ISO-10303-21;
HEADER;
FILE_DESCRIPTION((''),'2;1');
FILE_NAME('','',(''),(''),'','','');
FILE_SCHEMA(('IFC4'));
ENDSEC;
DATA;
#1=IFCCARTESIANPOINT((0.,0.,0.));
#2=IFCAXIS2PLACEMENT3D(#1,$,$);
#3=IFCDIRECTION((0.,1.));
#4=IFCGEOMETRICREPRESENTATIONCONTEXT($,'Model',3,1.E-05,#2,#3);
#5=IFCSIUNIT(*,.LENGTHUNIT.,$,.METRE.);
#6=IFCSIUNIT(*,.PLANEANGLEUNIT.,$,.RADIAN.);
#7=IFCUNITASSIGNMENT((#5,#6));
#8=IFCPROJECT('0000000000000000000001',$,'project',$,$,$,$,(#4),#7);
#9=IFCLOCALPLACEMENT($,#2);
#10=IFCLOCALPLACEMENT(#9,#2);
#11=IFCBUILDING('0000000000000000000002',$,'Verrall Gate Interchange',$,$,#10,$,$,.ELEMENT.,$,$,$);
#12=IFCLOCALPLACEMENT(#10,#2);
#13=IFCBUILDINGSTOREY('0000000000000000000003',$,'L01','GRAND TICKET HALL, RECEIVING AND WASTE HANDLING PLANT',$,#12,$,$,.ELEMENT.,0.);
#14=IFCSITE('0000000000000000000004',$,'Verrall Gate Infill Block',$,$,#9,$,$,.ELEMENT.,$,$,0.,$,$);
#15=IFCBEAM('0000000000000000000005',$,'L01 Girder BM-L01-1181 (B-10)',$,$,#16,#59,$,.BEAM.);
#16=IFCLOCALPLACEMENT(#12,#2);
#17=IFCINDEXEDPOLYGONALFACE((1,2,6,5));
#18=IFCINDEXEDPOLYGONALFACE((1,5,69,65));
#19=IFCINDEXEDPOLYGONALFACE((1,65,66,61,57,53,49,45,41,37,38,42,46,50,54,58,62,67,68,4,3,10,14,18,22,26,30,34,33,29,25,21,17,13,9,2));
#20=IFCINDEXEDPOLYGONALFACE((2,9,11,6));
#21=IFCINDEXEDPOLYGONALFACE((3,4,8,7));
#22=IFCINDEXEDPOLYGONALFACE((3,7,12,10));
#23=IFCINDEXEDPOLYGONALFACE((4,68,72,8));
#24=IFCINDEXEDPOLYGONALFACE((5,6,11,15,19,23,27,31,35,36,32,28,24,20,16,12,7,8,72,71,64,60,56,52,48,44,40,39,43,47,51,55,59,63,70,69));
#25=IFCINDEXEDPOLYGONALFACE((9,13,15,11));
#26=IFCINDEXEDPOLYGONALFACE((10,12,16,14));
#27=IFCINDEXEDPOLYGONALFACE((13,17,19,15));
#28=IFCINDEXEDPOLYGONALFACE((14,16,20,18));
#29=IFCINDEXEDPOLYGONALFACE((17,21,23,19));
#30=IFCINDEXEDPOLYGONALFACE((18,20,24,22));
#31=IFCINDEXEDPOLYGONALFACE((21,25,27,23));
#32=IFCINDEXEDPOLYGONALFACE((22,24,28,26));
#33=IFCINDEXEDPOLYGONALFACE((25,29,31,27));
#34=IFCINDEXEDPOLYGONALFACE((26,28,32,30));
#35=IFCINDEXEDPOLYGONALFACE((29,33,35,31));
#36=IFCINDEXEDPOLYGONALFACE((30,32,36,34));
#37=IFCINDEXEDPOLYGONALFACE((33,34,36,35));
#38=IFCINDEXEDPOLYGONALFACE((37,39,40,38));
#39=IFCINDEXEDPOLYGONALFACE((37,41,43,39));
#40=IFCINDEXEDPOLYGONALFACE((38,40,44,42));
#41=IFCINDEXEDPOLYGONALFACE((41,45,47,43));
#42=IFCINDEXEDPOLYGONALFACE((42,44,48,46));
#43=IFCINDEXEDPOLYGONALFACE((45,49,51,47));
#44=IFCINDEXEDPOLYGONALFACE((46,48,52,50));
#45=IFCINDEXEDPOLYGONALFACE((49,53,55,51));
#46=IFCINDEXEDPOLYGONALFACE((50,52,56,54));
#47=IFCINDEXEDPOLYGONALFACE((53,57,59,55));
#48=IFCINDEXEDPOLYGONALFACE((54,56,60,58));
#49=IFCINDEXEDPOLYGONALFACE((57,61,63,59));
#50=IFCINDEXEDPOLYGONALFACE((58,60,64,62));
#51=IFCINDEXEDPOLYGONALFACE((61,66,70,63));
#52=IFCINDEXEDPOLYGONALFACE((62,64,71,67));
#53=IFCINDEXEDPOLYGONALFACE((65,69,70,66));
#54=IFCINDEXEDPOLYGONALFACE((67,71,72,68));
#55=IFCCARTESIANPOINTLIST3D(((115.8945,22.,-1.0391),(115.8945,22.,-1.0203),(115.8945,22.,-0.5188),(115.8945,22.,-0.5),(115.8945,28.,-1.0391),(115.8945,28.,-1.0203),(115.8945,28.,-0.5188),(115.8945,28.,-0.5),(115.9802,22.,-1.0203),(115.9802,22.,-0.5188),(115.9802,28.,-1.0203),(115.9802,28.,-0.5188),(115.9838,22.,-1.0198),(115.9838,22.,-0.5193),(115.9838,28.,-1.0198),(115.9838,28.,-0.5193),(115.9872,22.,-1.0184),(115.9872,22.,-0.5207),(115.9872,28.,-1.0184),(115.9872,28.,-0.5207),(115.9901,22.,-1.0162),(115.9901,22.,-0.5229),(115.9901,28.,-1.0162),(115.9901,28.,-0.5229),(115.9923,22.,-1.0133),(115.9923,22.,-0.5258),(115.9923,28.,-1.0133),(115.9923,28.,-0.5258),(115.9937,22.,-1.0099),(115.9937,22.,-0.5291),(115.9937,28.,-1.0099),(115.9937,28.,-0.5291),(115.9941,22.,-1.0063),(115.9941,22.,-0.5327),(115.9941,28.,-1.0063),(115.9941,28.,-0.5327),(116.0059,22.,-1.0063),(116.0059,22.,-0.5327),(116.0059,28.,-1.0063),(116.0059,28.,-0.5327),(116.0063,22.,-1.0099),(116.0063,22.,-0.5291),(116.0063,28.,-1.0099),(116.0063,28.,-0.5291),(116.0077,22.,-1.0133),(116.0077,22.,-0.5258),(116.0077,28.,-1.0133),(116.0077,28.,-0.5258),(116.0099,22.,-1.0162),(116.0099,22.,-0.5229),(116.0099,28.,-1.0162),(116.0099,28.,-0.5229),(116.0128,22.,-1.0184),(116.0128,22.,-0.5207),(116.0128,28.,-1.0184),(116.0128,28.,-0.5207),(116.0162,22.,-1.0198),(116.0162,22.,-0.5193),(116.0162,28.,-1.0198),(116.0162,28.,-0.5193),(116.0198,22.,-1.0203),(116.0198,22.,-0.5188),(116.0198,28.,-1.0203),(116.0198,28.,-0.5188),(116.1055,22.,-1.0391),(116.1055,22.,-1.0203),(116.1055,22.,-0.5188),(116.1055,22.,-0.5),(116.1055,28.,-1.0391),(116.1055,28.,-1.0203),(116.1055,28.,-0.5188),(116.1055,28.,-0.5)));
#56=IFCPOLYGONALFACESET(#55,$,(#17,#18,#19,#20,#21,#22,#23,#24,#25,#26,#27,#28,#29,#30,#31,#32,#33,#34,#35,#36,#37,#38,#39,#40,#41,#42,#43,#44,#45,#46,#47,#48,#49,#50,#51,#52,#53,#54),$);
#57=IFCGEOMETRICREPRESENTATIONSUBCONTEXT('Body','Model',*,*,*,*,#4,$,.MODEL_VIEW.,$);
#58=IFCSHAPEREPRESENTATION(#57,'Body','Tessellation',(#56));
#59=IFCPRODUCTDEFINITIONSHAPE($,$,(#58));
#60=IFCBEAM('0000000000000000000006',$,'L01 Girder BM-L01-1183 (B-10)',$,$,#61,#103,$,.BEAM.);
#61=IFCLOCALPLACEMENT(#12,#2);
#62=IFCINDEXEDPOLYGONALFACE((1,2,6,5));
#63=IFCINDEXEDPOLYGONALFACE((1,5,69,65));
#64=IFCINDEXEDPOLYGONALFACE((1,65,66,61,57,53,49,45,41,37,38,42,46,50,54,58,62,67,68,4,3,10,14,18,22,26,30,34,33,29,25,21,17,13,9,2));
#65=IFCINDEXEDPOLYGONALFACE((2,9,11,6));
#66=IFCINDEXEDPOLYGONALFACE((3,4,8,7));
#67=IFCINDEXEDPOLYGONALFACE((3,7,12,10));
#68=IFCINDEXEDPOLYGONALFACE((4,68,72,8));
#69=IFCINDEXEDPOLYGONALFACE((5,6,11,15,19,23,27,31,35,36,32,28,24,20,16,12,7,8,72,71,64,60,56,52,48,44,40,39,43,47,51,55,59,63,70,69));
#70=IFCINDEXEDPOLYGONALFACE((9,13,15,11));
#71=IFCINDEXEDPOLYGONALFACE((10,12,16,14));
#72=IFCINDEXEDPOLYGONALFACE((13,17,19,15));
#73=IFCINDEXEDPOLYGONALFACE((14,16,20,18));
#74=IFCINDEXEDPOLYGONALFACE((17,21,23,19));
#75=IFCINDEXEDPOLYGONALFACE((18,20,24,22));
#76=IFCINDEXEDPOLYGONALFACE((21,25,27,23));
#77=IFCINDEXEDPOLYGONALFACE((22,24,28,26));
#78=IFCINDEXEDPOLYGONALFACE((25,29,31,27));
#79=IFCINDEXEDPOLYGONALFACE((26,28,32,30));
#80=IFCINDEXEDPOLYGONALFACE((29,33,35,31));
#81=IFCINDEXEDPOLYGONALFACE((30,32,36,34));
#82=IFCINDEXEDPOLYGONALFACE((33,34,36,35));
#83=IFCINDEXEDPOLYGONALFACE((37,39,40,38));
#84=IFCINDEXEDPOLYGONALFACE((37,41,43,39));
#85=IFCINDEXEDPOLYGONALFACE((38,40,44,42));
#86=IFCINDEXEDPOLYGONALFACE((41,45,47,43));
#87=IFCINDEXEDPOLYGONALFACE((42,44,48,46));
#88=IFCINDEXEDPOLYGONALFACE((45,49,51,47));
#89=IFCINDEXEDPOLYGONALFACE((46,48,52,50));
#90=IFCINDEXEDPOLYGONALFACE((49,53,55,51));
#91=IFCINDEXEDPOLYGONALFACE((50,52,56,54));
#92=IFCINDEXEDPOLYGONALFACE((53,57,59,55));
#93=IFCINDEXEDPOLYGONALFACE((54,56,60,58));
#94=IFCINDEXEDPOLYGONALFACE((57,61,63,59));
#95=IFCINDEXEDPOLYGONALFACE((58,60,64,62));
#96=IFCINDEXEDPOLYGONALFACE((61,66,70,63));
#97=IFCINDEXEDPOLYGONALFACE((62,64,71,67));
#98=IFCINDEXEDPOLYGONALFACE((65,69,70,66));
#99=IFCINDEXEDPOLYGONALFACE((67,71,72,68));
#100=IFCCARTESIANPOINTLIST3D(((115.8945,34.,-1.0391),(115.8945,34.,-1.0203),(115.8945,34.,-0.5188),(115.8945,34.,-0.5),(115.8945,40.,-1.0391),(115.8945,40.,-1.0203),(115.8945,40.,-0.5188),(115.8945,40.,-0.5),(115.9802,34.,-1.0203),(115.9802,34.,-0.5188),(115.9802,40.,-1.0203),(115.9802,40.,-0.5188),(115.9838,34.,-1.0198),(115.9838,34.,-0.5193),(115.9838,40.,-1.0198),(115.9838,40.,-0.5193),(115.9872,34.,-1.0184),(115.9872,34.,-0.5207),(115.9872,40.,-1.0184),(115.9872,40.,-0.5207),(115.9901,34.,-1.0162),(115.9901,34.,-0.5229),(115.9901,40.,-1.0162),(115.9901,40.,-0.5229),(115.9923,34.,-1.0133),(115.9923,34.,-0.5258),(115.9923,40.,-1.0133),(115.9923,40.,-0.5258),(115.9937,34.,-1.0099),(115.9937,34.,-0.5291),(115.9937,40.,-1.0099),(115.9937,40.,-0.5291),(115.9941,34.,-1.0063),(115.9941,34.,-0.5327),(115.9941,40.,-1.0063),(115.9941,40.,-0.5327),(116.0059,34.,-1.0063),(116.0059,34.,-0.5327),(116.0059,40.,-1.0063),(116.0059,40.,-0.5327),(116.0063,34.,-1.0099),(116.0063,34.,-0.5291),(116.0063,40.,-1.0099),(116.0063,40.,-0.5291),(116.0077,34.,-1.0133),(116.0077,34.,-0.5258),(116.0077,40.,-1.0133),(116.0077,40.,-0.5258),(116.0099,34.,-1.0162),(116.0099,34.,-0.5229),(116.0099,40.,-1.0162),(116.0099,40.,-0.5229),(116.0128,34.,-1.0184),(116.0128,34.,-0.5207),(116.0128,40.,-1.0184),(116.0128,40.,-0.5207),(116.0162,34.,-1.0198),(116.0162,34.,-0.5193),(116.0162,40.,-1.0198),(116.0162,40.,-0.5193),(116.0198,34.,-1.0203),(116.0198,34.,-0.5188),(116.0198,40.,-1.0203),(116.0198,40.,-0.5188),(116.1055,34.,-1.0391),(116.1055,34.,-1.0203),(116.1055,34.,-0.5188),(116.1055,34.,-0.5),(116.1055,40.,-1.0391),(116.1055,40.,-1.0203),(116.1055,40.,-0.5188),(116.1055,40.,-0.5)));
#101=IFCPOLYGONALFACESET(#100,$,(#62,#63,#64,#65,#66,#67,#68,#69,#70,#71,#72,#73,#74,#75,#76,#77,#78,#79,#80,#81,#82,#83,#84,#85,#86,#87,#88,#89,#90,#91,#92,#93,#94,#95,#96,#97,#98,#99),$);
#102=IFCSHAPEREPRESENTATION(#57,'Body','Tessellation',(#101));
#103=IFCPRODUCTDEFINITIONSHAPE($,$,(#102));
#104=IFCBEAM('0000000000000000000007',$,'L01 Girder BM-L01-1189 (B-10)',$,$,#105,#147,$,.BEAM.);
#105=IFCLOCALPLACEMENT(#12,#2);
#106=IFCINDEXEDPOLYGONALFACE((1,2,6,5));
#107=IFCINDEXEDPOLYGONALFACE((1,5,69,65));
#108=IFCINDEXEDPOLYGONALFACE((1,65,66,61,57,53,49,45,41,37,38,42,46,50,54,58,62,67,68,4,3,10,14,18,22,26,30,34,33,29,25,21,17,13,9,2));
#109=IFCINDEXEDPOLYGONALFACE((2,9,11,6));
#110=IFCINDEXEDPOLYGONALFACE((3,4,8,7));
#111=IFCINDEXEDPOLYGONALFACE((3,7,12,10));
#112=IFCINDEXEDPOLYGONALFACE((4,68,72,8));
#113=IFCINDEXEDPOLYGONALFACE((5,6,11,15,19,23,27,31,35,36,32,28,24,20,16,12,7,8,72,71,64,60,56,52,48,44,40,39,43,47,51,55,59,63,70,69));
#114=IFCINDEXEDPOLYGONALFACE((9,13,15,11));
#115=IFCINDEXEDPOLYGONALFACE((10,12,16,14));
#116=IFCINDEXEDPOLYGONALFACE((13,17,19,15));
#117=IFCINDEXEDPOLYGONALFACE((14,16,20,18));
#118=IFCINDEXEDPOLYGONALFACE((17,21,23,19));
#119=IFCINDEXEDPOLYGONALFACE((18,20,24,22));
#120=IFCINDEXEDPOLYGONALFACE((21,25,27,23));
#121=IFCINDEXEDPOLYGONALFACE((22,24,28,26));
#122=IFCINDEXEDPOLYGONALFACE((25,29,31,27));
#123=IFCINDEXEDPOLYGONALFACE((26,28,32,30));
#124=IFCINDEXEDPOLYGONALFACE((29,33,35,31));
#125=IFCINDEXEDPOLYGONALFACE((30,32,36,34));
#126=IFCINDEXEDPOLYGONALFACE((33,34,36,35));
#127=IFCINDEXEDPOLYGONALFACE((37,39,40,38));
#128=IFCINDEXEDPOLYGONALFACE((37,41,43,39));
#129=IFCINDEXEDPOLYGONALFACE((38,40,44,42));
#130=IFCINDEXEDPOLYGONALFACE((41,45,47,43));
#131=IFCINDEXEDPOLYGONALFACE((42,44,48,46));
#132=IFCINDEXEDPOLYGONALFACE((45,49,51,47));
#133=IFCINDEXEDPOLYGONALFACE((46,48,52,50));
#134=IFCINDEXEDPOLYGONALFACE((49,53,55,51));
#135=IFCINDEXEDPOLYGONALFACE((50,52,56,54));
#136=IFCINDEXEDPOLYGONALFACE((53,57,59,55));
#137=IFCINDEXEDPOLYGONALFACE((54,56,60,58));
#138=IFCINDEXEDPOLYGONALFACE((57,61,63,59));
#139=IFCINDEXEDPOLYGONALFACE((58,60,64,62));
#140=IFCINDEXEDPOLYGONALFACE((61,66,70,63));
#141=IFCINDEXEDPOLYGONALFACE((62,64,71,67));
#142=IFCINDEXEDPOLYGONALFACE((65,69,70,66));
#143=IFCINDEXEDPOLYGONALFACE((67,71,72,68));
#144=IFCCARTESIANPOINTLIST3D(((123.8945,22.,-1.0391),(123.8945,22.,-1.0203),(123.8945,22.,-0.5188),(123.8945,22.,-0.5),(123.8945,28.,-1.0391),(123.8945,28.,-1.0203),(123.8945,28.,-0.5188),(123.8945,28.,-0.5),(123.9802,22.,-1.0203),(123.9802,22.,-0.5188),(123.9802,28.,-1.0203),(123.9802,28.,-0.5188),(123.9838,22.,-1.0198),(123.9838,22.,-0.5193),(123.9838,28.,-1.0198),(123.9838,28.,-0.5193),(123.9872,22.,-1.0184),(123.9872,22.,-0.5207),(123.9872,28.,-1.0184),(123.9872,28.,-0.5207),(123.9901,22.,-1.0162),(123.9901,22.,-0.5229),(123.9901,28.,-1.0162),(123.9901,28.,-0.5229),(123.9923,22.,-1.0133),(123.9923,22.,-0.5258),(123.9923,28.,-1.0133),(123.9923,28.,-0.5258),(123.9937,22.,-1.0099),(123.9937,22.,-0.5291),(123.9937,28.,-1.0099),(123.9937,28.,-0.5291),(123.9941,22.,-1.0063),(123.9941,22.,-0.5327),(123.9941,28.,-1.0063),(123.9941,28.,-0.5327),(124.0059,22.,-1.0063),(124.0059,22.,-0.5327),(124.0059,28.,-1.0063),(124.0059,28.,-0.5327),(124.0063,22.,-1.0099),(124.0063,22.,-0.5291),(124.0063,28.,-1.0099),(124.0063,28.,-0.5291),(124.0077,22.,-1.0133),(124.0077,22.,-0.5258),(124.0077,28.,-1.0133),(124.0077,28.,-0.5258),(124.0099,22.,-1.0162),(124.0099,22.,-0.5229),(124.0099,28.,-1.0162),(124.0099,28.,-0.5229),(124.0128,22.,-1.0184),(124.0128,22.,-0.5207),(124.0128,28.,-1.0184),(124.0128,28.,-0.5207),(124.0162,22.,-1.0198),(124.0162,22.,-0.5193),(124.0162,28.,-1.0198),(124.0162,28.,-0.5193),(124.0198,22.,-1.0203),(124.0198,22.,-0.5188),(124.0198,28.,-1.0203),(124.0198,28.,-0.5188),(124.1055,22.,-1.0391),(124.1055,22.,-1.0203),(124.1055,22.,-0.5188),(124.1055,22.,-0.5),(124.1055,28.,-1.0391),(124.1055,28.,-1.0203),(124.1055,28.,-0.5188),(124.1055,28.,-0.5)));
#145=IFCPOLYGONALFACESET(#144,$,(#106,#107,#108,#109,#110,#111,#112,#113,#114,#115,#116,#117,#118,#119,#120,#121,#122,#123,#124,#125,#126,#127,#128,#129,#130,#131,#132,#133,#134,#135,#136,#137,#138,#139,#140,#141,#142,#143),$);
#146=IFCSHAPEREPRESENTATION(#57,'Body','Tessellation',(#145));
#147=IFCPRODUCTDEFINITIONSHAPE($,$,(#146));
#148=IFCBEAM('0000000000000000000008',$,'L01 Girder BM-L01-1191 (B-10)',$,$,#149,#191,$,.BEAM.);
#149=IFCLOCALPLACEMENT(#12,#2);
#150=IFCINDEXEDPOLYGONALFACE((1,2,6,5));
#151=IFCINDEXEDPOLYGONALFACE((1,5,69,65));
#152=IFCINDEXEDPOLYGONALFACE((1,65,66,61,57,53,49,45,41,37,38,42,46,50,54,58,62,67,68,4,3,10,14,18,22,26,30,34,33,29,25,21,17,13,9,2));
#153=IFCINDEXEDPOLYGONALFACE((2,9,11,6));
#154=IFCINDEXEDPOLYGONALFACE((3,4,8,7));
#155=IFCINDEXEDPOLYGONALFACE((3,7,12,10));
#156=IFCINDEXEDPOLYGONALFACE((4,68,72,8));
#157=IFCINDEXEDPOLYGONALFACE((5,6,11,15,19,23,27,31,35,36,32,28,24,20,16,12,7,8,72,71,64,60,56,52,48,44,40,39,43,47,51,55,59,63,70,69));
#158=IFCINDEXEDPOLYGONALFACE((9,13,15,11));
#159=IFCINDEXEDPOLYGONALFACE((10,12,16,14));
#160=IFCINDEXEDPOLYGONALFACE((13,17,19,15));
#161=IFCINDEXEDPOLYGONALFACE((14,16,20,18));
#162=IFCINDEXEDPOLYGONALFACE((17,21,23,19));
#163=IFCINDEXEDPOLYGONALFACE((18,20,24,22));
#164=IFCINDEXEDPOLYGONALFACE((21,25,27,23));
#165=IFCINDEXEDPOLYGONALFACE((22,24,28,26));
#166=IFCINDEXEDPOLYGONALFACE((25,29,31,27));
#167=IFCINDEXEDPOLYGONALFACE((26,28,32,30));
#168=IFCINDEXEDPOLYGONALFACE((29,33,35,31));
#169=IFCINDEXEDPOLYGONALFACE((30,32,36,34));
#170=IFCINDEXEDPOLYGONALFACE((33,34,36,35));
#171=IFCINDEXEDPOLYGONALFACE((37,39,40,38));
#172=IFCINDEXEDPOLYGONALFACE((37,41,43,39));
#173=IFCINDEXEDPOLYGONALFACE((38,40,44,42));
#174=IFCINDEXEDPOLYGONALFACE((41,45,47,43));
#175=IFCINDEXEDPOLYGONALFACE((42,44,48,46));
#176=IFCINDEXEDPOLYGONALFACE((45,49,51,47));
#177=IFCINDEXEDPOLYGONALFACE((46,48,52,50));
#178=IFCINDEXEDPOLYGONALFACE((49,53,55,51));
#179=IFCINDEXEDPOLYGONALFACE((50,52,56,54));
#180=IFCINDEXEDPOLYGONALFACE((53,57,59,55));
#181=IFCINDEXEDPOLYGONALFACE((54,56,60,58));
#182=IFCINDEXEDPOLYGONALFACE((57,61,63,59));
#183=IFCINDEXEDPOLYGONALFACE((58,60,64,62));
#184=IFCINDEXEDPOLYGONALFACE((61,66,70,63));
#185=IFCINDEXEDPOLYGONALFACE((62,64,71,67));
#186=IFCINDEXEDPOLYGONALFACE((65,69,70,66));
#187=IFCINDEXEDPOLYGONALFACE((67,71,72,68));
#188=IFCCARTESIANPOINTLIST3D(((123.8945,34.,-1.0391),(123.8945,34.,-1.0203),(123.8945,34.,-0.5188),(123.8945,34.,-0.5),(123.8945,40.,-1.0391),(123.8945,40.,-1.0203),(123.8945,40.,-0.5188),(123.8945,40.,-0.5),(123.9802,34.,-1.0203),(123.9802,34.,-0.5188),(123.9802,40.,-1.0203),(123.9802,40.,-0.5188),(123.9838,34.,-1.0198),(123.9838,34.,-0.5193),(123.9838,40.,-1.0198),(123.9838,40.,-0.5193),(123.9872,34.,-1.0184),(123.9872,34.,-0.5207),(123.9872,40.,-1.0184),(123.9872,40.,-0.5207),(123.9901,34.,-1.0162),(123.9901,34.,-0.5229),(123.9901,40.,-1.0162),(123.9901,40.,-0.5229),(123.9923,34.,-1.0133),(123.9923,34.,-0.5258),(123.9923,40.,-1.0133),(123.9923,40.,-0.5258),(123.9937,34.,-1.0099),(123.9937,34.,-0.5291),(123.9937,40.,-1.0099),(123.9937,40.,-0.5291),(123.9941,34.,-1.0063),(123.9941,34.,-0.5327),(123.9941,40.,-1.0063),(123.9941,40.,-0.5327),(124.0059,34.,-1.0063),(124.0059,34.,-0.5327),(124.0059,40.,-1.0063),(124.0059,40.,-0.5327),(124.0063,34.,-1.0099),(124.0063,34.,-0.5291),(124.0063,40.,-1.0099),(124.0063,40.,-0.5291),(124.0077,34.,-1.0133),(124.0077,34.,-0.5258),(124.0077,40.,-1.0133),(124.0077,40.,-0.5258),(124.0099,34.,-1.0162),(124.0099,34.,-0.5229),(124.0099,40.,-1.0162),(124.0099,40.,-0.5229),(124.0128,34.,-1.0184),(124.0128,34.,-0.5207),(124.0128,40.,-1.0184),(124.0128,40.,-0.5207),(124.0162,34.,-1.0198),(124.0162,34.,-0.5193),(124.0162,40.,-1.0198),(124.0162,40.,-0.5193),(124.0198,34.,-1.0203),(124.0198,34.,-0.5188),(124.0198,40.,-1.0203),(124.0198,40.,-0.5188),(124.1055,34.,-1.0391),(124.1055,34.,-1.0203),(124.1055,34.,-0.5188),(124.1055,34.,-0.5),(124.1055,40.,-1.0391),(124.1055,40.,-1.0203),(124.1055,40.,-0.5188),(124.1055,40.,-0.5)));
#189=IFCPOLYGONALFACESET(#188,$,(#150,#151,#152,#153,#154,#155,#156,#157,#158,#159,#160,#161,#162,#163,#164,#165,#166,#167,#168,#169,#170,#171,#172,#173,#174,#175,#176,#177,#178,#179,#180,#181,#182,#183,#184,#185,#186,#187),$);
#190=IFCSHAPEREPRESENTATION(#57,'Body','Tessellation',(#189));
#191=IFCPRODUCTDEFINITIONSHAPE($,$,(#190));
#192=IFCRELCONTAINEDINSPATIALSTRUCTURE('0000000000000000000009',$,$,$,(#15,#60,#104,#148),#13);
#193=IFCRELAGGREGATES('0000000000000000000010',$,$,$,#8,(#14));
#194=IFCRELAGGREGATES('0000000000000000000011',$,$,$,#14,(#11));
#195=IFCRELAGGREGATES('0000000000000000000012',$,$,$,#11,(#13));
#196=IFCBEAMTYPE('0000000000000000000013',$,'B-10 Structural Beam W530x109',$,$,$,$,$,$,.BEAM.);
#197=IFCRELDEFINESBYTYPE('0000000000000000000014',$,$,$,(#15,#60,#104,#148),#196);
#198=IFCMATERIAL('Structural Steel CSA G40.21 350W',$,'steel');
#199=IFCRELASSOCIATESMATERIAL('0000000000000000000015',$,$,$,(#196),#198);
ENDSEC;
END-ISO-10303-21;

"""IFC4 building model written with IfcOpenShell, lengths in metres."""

from ifc_helpers import new_model, si_unit, direction, frame, origin, origin_2d, place, context, subcontext, project, spatial, i_section, extrude, material, material_profile, profile_set, type_object, element, save


model = new_model("IFC4")

# Units and contexts
model_context = context("Model", 3, precision=1e-05, world=origin(), true_north=direction((0.0, 1.0)))
body_context = subcontext(model_context, "Body", "Model", "MODEL_VIEW")
ifc_project = project(units=[si_unit("LENGTHUNIT", "METRE"), si_unit("PLANEANGLEUNIT", "RADIAN")], contexts=[model_context])

# Site, building, storey
site_placement = place(None, origin())
site = spatial("IfcSite", under=ifc_project, at=site_placement, Name="Verrall Gate Infill Block", CompositionType="ELEMENT", RefElevation=0.0)
building_placement = place(site_placement, origin())
building = spatial("IfcBuilding", under=site, at=building_placement, Name="Verrall Gate Interchange", CompositionType="ELEMENT")
storey_placement = place(building_placement, origin())
storey = spatial("IfcBuildingStorey", under=building, at=storey_placement, Name="L01", Description="GRAND TICKET HALL, RECEIVING AND WASTE HANDLING PLANT", CompositionType="ELEMENT", Elevation=0.0)

# Beams
ifc_material_1 = material(Name="Structural Steel CSA G40.21 350W", Category="steel")
ifc_material_profile_1 = material_profile(ifc_material_1, i_section(OverallWidth=0.2109, OverallDepth=0.5391, WebThickness=0.0117, FlangeThickness=0.0188, FilletRadius=0.0139, at=origin_2d()), Name="W530x109")
ifc_profile_set_1 = profile_set([ifc_material_profile_1], Name="Structural Steel CSA G40.21 350W")
beam_type_1 = type_object("IfcBeamType", Name="B-10 Structural Beam W530x109", PredefinedType="BEAM", material=ifc_profile_set_1)
for number, where, z_axis, x_axis, name in (
    (1, (116.0, 22.0, -0.7695), (0.0, 1.0, 0.0), (-1.0, 0.0, 0.0), "L01 Girder BM-L01-1181 (B-10)"),
    (2, (116.0, 34.0, -0.7695), (0.0, 1.0, 0.0), (-1.0, 0.0, 0.0), "L01 Girder BM-L01-1183 (B-10)"),
    (3, (124.0, 22.0, -0.7695), (0.0, 1.0, 0.0), (-1.0, 0.0, 0.0), "L01 Girder BM-L01-1189 (B-10)"),
    (4, (124.0, 34.0, -0.7695), (0.0, 1.0, 0.0), (-1.0, 0.0, 0.0), "L01 Girder BM-L01-1191 (B-10)"),
):
    element("IfcBeam", number, at=place(storey_placement, frame(where, z_axis=z_axis, x_axis=x_axis)), inside=storey, type_object=beam_type_1, Name=name, PredefinedType="BEAM", context=body_context, shape_type="SweptSolid", body=[
        extrude(i_section(OverallWidth=0.2109, OverallDepth=0.5391, WebThickness=0.0117, FlangeThickness=0.0188, FilletRadius=0.0139, at=origin_2d()), origin(), (0.0, 0.0, 1.0), 6.0),
    ])

save(model, "model.ifc")
